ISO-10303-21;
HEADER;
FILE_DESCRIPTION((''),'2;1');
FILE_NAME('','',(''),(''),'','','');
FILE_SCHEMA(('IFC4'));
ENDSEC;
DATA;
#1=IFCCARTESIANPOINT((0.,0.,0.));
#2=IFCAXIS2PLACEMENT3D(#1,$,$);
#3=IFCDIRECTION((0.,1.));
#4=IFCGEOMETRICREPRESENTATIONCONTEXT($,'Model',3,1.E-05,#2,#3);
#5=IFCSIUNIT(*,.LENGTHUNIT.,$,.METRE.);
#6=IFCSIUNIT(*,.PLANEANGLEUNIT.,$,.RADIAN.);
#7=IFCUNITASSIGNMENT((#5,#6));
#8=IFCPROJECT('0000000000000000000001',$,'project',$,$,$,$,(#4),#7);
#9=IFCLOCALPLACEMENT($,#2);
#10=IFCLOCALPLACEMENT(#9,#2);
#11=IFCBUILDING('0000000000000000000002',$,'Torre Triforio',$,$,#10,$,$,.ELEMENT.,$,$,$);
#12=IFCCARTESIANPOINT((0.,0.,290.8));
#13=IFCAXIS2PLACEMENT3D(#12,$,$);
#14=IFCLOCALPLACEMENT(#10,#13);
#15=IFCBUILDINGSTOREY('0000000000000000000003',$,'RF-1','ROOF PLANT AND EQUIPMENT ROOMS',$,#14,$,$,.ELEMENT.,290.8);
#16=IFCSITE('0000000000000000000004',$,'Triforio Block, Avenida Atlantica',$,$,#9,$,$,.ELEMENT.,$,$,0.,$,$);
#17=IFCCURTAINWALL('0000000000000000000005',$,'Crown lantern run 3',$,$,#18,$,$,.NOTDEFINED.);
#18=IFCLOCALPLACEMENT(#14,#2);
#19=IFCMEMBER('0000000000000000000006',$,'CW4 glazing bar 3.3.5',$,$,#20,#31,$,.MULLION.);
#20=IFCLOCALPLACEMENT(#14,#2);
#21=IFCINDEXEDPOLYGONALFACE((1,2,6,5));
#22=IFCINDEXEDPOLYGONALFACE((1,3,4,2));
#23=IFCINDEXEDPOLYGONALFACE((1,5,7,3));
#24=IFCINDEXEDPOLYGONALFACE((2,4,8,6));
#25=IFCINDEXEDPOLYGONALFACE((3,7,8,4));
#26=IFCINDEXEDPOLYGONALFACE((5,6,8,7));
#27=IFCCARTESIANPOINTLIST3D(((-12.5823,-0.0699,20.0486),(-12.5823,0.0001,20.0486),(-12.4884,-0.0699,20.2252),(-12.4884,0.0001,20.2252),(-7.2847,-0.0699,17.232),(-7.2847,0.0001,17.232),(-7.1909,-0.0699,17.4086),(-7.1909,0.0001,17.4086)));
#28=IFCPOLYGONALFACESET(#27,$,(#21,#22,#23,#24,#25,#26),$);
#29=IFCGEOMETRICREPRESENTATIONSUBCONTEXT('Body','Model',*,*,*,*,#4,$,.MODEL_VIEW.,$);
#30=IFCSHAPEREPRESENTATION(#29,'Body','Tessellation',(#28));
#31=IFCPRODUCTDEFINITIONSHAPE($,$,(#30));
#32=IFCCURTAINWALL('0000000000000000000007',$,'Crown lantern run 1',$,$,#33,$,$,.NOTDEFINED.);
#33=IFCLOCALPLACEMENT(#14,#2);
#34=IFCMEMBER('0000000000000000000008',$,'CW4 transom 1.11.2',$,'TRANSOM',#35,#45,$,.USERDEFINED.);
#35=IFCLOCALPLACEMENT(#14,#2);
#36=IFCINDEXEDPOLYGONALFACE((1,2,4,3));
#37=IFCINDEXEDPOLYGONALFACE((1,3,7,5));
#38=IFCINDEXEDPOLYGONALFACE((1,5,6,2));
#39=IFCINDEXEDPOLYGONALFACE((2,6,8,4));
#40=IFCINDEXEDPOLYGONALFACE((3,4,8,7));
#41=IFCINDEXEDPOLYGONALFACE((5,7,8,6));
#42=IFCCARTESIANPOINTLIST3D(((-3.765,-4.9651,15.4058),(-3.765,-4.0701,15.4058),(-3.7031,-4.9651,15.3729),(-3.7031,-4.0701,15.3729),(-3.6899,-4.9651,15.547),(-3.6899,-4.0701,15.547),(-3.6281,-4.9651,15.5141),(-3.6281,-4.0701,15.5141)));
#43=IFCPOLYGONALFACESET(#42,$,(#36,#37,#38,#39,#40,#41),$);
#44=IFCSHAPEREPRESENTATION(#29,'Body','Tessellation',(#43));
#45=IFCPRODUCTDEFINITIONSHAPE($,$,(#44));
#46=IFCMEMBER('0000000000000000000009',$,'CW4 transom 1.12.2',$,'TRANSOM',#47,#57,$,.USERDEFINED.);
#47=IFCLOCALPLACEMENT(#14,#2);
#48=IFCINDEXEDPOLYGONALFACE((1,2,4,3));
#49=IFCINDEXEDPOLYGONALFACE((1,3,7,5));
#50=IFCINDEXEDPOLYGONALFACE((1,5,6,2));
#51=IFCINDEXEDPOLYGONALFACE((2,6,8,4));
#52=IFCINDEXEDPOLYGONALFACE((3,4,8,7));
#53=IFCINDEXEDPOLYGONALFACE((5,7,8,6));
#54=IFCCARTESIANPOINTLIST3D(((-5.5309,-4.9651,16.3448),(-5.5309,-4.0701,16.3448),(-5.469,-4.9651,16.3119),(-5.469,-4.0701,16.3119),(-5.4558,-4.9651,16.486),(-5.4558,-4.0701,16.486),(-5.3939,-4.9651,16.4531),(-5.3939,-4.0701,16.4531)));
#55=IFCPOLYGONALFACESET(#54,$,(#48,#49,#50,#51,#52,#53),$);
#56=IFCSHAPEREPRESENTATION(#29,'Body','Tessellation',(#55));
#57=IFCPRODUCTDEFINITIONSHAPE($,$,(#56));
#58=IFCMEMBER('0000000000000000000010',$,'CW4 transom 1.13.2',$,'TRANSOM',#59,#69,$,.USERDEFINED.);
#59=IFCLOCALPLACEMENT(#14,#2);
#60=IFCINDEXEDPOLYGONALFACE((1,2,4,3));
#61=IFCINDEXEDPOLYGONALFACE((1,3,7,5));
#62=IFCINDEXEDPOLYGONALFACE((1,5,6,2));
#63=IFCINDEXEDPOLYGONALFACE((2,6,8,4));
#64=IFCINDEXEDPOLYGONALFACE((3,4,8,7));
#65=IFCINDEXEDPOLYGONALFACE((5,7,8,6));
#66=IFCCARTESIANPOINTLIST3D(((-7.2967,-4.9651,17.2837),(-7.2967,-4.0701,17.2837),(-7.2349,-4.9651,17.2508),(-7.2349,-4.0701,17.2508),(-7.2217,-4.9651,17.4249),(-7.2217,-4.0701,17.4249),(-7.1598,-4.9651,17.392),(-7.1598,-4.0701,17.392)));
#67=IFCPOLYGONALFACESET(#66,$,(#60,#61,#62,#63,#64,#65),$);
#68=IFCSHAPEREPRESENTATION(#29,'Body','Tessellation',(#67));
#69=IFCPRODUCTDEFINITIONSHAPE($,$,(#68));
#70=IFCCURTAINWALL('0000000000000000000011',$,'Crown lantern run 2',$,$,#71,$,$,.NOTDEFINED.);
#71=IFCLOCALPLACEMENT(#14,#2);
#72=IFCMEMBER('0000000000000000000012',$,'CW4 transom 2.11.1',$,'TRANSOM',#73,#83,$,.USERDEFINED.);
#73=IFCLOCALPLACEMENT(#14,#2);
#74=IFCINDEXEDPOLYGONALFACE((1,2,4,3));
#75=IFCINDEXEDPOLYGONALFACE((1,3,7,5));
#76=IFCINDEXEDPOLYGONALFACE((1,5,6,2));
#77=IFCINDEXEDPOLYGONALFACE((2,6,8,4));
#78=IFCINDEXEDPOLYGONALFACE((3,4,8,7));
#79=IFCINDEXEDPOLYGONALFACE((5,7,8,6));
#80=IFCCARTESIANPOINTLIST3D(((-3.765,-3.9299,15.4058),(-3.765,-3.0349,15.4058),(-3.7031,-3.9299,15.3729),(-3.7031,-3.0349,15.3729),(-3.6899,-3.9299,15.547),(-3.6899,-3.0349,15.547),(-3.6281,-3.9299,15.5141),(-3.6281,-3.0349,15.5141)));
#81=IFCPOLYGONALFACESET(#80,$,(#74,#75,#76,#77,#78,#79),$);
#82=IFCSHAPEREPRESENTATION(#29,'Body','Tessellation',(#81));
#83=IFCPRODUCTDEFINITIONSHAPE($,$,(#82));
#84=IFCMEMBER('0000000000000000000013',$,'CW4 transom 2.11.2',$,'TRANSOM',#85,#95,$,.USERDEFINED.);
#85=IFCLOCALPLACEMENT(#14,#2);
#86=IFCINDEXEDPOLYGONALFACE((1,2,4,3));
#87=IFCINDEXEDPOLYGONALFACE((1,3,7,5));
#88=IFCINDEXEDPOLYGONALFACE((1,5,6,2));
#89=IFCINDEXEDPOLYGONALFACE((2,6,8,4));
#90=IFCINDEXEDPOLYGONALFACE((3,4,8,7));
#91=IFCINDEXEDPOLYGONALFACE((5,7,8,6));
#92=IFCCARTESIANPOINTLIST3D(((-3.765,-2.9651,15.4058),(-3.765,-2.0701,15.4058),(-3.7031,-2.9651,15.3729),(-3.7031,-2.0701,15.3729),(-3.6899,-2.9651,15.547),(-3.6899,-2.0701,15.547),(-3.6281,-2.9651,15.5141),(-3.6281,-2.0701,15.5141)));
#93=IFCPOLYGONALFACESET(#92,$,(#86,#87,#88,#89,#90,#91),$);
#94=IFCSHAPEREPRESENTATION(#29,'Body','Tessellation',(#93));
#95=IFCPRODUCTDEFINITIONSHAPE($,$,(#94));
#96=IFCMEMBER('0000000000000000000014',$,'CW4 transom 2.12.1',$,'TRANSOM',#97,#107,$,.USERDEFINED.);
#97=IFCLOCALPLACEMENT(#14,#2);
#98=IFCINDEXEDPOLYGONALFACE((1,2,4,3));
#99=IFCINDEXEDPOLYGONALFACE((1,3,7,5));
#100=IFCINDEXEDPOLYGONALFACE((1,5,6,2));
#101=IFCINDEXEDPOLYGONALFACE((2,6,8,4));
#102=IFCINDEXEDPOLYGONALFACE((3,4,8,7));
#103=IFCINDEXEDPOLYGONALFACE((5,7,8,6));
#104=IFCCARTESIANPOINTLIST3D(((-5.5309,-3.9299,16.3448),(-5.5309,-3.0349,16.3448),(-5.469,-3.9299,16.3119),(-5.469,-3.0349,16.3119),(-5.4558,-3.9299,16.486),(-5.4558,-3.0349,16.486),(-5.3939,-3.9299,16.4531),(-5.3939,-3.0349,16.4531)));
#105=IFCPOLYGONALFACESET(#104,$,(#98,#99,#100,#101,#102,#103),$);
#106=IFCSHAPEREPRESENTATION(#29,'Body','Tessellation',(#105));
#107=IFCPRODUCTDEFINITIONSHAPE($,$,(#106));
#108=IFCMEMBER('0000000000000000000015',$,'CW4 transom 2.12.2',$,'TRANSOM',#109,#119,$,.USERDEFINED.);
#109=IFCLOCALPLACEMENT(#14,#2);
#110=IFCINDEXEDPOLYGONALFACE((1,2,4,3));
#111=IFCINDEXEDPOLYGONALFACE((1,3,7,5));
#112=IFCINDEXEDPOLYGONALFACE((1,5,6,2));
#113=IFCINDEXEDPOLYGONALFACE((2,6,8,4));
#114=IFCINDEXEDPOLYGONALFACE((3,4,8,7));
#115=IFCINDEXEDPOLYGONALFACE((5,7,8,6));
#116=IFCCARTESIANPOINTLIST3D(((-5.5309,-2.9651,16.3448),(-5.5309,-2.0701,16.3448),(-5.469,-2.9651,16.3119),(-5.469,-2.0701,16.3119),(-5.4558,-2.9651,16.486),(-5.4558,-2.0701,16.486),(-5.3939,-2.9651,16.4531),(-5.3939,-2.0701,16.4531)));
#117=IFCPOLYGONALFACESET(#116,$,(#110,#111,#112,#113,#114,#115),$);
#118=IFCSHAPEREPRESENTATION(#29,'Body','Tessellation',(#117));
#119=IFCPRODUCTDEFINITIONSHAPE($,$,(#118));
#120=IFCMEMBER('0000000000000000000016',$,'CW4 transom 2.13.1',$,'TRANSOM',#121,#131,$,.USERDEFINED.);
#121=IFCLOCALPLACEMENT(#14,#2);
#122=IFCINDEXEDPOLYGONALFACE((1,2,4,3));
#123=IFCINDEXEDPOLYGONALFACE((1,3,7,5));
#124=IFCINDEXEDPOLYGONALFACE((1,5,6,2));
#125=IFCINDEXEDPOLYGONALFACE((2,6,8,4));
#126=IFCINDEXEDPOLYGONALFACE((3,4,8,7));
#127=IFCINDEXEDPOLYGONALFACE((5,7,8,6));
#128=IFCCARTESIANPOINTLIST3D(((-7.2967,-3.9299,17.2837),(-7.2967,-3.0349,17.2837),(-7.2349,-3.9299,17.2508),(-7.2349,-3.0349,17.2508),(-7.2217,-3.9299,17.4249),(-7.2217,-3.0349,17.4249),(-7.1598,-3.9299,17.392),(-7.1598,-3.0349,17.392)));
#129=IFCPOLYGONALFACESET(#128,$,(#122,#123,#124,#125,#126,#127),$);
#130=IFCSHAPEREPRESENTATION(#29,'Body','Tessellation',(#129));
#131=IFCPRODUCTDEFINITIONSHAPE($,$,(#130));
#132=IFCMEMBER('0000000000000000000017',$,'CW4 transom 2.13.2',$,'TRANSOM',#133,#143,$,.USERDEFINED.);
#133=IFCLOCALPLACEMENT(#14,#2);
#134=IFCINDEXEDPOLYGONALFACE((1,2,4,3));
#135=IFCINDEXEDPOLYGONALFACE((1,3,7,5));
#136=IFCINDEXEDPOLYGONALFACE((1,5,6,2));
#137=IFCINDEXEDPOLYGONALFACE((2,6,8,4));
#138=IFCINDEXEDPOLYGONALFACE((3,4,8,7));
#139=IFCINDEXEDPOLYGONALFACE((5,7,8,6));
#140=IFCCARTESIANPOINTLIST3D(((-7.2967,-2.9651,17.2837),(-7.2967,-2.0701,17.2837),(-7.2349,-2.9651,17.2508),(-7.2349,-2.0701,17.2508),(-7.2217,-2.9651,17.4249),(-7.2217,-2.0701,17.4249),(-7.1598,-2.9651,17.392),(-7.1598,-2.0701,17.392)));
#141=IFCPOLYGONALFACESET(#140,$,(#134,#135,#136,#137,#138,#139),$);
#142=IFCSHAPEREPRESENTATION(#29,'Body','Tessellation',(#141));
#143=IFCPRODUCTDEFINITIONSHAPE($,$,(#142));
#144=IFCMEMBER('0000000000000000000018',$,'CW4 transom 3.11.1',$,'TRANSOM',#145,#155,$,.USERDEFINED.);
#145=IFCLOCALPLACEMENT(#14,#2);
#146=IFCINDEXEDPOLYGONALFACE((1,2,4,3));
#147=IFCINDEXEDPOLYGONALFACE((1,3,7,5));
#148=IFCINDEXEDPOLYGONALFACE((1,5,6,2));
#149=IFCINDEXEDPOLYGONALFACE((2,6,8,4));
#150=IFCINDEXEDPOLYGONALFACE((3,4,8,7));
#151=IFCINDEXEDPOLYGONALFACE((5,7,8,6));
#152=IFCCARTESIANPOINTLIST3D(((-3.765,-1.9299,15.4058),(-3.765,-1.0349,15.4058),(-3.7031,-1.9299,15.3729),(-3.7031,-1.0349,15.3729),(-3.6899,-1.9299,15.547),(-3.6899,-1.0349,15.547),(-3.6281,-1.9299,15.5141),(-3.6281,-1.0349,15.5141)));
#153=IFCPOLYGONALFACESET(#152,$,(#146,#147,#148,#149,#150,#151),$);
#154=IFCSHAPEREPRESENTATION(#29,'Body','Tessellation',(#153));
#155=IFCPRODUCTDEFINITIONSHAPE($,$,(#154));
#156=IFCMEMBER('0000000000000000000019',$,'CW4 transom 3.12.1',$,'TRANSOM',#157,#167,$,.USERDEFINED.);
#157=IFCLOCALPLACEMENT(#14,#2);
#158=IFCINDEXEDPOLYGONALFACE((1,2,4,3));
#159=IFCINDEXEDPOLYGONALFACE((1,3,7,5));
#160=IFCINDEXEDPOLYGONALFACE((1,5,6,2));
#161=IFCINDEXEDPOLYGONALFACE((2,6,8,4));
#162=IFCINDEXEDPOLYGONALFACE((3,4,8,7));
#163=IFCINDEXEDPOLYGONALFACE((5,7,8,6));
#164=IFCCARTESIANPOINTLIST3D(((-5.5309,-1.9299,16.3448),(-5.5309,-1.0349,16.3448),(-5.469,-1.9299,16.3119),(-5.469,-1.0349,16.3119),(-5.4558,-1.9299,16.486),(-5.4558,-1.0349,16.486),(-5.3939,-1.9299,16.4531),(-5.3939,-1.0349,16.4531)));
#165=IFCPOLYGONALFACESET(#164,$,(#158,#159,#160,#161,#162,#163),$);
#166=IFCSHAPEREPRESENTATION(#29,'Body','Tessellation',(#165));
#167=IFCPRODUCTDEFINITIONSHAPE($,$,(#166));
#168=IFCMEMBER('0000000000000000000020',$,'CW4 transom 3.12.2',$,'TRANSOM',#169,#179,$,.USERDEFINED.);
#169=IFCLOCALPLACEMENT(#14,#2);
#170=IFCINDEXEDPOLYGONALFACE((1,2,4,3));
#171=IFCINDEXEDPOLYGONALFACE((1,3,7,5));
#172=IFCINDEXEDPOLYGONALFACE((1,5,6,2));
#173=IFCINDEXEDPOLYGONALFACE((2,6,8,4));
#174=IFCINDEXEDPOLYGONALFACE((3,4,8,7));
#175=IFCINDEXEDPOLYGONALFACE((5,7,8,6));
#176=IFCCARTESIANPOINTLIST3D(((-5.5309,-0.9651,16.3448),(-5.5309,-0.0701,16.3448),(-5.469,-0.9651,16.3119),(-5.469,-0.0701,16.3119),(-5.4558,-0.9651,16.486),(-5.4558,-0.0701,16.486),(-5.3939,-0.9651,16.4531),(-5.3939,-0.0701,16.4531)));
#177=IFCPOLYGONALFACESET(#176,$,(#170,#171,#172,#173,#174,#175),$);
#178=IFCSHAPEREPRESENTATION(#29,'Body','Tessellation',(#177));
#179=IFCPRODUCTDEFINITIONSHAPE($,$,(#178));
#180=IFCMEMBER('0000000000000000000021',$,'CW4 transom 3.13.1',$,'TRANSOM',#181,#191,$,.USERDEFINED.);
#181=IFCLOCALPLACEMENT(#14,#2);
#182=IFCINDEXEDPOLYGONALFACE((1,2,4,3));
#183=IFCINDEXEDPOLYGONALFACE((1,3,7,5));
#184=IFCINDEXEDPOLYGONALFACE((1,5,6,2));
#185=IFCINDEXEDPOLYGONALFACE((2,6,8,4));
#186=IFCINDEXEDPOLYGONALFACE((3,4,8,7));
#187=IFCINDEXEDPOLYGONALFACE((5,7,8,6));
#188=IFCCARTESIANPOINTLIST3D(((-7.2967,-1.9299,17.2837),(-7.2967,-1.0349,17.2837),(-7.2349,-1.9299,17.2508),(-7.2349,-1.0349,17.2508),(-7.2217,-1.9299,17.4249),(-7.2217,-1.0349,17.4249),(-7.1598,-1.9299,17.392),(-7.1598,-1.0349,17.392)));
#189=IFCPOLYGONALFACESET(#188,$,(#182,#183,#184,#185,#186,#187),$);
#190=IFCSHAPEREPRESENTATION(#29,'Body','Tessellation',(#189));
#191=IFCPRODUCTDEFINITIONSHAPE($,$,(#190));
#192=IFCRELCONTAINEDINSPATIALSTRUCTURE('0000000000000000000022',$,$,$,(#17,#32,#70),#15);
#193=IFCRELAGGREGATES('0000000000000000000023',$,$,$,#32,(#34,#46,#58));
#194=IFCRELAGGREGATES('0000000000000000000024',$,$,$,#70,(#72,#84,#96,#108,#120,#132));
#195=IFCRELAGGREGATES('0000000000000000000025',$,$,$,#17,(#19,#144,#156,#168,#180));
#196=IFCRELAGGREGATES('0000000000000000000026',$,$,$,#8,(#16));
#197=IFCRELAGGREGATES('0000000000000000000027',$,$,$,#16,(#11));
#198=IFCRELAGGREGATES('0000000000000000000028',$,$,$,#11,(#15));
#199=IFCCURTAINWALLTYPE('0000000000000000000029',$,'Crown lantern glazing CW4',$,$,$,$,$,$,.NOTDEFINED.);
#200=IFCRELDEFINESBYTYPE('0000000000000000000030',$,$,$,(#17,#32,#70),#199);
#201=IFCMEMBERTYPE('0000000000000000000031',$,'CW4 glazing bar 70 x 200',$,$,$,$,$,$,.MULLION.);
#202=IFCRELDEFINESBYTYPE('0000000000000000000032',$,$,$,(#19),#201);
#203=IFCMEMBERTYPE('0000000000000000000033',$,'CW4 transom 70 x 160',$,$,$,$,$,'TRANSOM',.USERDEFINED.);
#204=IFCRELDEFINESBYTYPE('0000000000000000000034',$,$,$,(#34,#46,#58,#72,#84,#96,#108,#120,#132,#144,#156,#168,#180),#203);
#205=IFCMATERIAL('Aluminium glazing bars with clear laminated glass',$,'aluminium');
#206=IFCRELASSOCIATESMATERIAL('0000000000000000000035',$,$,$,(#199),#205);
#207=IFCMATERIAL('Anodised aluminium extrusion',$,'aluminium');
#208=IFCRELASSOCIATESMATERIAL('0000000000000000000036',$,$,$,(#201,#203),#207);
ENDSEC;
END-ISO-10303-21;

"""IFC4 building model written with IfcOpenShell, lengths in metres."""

from ifc_helpers import new_model, si_unit, direction, frame, origin, origin_2d, place, context, subcontext, project, spatial, rectangle, extrude, material, material_profile, profile_set, type_object, element, aggregate, save


model = new_model("IFC4")

# Units and contexts
model_context = context("Model", 3, precision=1e-05, world=origin(), true_north=direction((0.0, 1.0)))
body_context = subcontext(model_context, "Body", "Model", "MODEL_VIEW")
ifc_project = project(units=[si_unit("LENGTHUNIT", "METRE"), si_unit("PLANEANGLEUNIT", "RADIAN")], contexts=[model_context])

# Site, building, storey
site_placement = place(None, origin())
site = spatial("IfcSite", under=ifc_project, at=site_placement, Name="Triforio Block, Avenida Atlantica", CompositionType="ELEMENT", RefElevation=0.0)
building_placement = place(site_placement, origin())
building = spatial("IfcBuilding", under=site, at=building_placement, Name="Torre Triforio", CompositionType="ELEMENT")
storey_placement = place(building_placement, frame((0.0, 0.0, 290.8)))
storey = spatial("IfcBuildingStorey", under=building, at=storey_placement, Name="RF-1", Description="ROOF PLANT AND EQUIPMENT ROOMS", CompositionType="ELEMENT", Elevation=290.8)

# Curtain wall, member
ifc_material_1 = material(Name="Aluminium glazing bars with clear laminated glass", Category="aluminium")
curtain_wall_type = type_object("IfcCurtainWallType", Name="Crown lantern glazing CW4", PredefinedType="NOTDEFINED", material=ifc_material_1)
curtain_wall_1_placement = place(storey_placement, origin())
curtain_wall_1 = element("IfcCurtainWall", 1, at=curtain_wall_1_placement, inside=storey, type_object=curtain_wall_type, Name="Crown lantern run 3", PredefinedType="NOTDEFINED")
ifc_material_2 = material(Name="Anodised aluminium extrusion", Category="aluminium")
ifc_material_profile_1 = material_profile(ifc_material_2, rectangle(XDim=0.0701, YDim=0.2, at=origin_2d()), Name="CW4 MULLION 70x200")
ifc_profile_set_1 = profile_set([ifc_material_profile_1], Name="Anodised aluminium extrusion")
member_type_1 = type_object("IfcMemberType", Name="CW4 glazing bar 70 x 200", PredefinedType="MULLION", material=ifc_profile_set_1)
member_1_placement = place(storey_placement, frame((-7.2378, -0.0349, 17.3203), z_axis=(-0.882957, 0.0, 0.469454), x_axis=(0.0, -1.0, 0.0)))
member_1 = element("IfcMember", 2, at=member_1_placement, type_object=member_type_1, Name="CW4 glazing bar 3.3.5", PredefinedType="MULLION", context=body_context, shape_type="SweptSolid", body=[
    extrude(rectangle(XDim=0.0701, YDim=0.2, at=origin_2d()), origin(), (0.0, 0.0, 1.0), 5.9998),
])

# Curtain walls, members
curtain_wall_2_placement = place(storey_placement, origin())
curtain_wall_2 = element("IfcCurtainWall", 3, at=curtain_wall_2_placement, inside=storey, type_object=curtain_wall_type, Name="Crown lantern run 1", PredefinedType="NOTDEFINED")
ifc_material_profile_2 = material_profile(ifc_material_2, rectangle(XDim=0.0701, YDim=0.1599, at=origin_2d()), Name="CW4 TRANSOM 70x160")
ifc_profile_set_2 = profile_set([ifc_material_profile_2], Name="Anodised aluminium extrusion")
member_type_2 = type_object("IfcMemberType", Name="CW4 transom 70 x 160", ElementType="TRANSOM", PredefinedType="USERDEFINED", material=ifc_profile_set_2)
member_2_placement = place(storey_placement, frame((-3.6965, -4.9651, 15.46), z_axis=(0.0, 1.0, 0.0), x_axis=(-0.882948, 0.0, 0.469472)))
member_2 = element("IfcMember", 4, at=member_2_placement, type_object=member_type_2, Name="CW4 transom 1.11.2", ObjectType="TRANSOM", PredefinedType="USERDEFINED", context=body_context, shape_type="SweptSolid", body=[
    extrude(rectangle(XDim=0.0701, YDim=0.1599, at=origin_2d()), origin(), (0.0, 0.0, 1.0), 0.895),
])
member_3_placement = place(storey_placement, frame((-5.4624, -4.9651, 16.3989), z_axis=(0.0, 1.0, 0.0), x_axis=(-0.882948, 0.0, 0.469472)))
member_3 = element("IfcMember", 5, at=member_3_placement, type_object=member_type_2, Name="CW4 transom 1.12.2", ObjectType="TRANSOM", PredefinedType="USERDEFINED", context=body_context, shape_type="SweptSolid", body=[
    extrude(rectangle(XDim=0.0701, YDim=0.1599, at=origin_2d()), origin(), (0.0, 0.0, 1.0), 0.895),
])
member_4_placement = place(storey_placement, frame((-7.2283, -4.9651, 17.3379), z_axis=(0.0, 1.0, 0.0), x_axis=(-0.882948, 0.0, 0.469472)))
member_4 = element("IfcMember", 6, at=member_4_placement, type_object=member_type_2, Name="CW4 transom 1.13.2", ObjectType="TRANSOM", PredefinedType="USERDEFINED", context=body_context, shape_type="SweptSolid", body=[
    extrude(rectangle(XDim=0.0701, YDim=0.1599, at=origin_2d()), origin(), (0.0, 0.0, 1.0), 0.895),
])
curtain_wall_3_placement = place(storey_placement, origin())
curtain_wall_3 = element("IfcCurtainWall", 7, at=curtain_wall_3_placement, inside=storey, type_object=curtain_wall_type, Name="Crown lantern run 2", PredefinedType="NOTDEFINED")
member_5_placement = place(storey_placement, frame((-3.6965, -3.9299, 15.46), z_axis=(0.0, 1.0, 0.0), x_axis=(-0.882948, 0.0, 0.469472)))
member_5 = element("IfcMember", 8, at=member_5_placement, type_object=member_type_2, Name="CW4 transom 2.11.1", ObjectType="TRANSOM", PredefinedType="USERDEFINED", context=body_context, shape_type="SweptSolid", body=[
    extrude(rectangle(XDim=0.0701, YDim=0.1599, at=origin_2d()), origin(), (0.0, 0.0, 1.0), 0.895),
])
member_6_placement = place(storey_placement, frame((-3.6965, -2.9651, 15.46), z_axis=(0.0, 1.0, 0.0), x_axis=(-0.882948, 0.0, 0.469472)))
member_6 = element("IfcMember", 9, at=member_6_placement, type_object=member_type_2, Name="CW4 transom 2.11.2", ObjectType="TRANSOM", PredefinedType="USERDEFINED", context=body_context, shape_type="SweptSolid", body=[
    extrude(rectangle(XDim=0.0701, YDim=0.1599, at=origin_2d()), origin(), (0.0, 0.0, 1.0), 0.895),
])
member_7_placement = place(storey_placement, frame((-5.4624, -3.9299, 16.3989), z_axis=(0.0, 1.0, 0.0), x_axis=(-0.882948, 0.0, 0.469472)))
member_7 = element("IfcMember", 10, at=member_7_placement, type_object=member_type_2, Name="CW4 transom 2.12.1", ObjectType="TRANSOM", PredefinedType="USERDEFINED", context=body_context, shape_type="SweptSolid", body=[
    extrude(rectangle(XDim=0.0701, YDim=0.1599, at=origin_2d()), origin(), (0.0, 0.0, 1.0), 0.895),
])
member_8_placement = place(storey_placement, frame((-5.4624, -2.9651, 16.3989), z_axis=(0.0, 1.0, 0.0), x_axis=(-0.882948, 0.0, 0.469472)))
member_8 = element("IfcMember", 11, at=member_8_placement, type_object=member_type_2, Name="CW4 transom 2.12.2", ObjectType="TRANSOM", PredefinedType="USERDEFINED", context=body_context, shape_type="SweptSolid", body=[
    extrude(rectangle(XDim=0.0701, YDim=0.1599, at=origin_2d()), origin(), (0.0, 0.0, 1.0), 0.895),
])
member_9_placement = place(storey_placement, frame((-7.2283, -3.9299, 17.3379), z_axis=(0.0, 1.0, 0.0), x_axis=(-0.882948, 0.0, 0.469472)))
member_9 = element("IfcMember", 12, at=member_9_placement, type_object=member_type_2, Name="CW4 transom 2.13.1", ObjectType="TRANSOM", PredefinedType="USERDEFINED", context=body_context, shape_type="SweptSolid", body=[
    extrude(rectangle(XDim=0.0701, YDim=0.1599, at=origin_2d()), origin(), (0.0, 0.0, 1.0), 0.895),
])
member_10_placement = place(storey_placement, frame((-7.2283, -2.9651, 17.3379), z_axis=(0.0, 1.0, 0.0), x_axis=(-0.882948, 0.0, 0.469472)))
member_10 = element("IfcMember", 13, at=member_10_placement, type_object=member_type_2, Name="CW4 transom 2.13.2", ObjectType="TRANSOM", PredefinedType="USERDEFINED", context=body_context, shape_type="SweptSolid", body=[
    extrude(rectangle(XDim=0.0701, YDim=0.1599, at=origin_2d()), origin(), (0.0, 0.0, 1.0), 0.895),
])

# Members
member_11_placement = place(storey_placement, frame((-3.6965, -1.9299, 15.46), z_axis=(0.0, 1.0, 0.0), x_axis=(-0.882948, 0.0, 0.469472)))
member_11 = element("IfcMember", 14, at=member_11_placement, type_object=member_type_2, Name="CW4 transom 3.11.1", ObjectType="TRANSOM", PredefinedType="USERDEFINED", context=body_context, shape_type="SweptSolid", body=[
    extrude(rectangle(XDim=0.0701, YDim=0.1599, at=origin_2d()), origin(), (0.0, 0.0, 1.0), 0.895),
])
member_12_placement = place(storey_placement, frame((-5.4624, -1.9299, 16.3989), z_axis=(0.0, 1.0, 0.0), x_axis=(-0.882948, 0.0, 0.469472)))
member_12 = element("IfcMember", 15, at=member_12_placement, type_object=member_type_2, Name="CW4 transom 3.12.1", ObjectType="TRANSOM", PredefinedType="USERDEFINED", context=body_context, shape_type="SweptSolid", body=[
    extrude(rectangle(XDim=0.0701, YDim=0.1599, at=origin_2d()), origin(), (0.0, 0.0, 1.0), 0.895),
])
member_13_placement = place(storey_placement, frame((-5.4624, -0.9651, 16.3989), z_axis=(0.0, 1.0, 0.0), x_axis=(-0.882948, 0.0, 0.469472)))
member_13 = element("IfcMember", 16, at=member_13_placement, type_object=member_type_2, Name="CW4 transom 3.12.2", ObjectType="TRANSOM", PredefinedType="USERDEFINED", context=body_context, shape_type="SweptSolid", body=[
    extrude(rectangle(XDim=0.0701, YDim=0.1599, at=origin_2d()), origin(), (0.0, 0.0, 1.0), 0.895),
])
member_14_placement = place(storey_placement, frame((-7.2283, -1.9299, 17.3379), z_axis=(0.0, 1.0, 0.0), x_axis=(-0.882948, 0.0, 0.469472)))
member_14 = element("IfcMember", 17, at=member_14_placement, type_object=member_type_2, Name="CW4 transom 3.13.1", ObjectType="TRANSOM", PredefinedType="USERDEFINED", context=body_context, shape_type="SweptSolid", body=[
    extrude(rectangle(XDim=0.0701, YDim=0.1599, at=origin_2d()), origin(), (0.0, 0.0, 1.0), 0.895),
])

aggregate(curtain_wall_2, [member_2, member_3, member_4])
aggregate(curtain_wall_3, [member_5, member_6, member_7, member_8, member_9, member_10])
aggregate(curtain_wall_1, [member_1, member_11, member_12, member_13, member_14])

save(model, "model.ifc")
